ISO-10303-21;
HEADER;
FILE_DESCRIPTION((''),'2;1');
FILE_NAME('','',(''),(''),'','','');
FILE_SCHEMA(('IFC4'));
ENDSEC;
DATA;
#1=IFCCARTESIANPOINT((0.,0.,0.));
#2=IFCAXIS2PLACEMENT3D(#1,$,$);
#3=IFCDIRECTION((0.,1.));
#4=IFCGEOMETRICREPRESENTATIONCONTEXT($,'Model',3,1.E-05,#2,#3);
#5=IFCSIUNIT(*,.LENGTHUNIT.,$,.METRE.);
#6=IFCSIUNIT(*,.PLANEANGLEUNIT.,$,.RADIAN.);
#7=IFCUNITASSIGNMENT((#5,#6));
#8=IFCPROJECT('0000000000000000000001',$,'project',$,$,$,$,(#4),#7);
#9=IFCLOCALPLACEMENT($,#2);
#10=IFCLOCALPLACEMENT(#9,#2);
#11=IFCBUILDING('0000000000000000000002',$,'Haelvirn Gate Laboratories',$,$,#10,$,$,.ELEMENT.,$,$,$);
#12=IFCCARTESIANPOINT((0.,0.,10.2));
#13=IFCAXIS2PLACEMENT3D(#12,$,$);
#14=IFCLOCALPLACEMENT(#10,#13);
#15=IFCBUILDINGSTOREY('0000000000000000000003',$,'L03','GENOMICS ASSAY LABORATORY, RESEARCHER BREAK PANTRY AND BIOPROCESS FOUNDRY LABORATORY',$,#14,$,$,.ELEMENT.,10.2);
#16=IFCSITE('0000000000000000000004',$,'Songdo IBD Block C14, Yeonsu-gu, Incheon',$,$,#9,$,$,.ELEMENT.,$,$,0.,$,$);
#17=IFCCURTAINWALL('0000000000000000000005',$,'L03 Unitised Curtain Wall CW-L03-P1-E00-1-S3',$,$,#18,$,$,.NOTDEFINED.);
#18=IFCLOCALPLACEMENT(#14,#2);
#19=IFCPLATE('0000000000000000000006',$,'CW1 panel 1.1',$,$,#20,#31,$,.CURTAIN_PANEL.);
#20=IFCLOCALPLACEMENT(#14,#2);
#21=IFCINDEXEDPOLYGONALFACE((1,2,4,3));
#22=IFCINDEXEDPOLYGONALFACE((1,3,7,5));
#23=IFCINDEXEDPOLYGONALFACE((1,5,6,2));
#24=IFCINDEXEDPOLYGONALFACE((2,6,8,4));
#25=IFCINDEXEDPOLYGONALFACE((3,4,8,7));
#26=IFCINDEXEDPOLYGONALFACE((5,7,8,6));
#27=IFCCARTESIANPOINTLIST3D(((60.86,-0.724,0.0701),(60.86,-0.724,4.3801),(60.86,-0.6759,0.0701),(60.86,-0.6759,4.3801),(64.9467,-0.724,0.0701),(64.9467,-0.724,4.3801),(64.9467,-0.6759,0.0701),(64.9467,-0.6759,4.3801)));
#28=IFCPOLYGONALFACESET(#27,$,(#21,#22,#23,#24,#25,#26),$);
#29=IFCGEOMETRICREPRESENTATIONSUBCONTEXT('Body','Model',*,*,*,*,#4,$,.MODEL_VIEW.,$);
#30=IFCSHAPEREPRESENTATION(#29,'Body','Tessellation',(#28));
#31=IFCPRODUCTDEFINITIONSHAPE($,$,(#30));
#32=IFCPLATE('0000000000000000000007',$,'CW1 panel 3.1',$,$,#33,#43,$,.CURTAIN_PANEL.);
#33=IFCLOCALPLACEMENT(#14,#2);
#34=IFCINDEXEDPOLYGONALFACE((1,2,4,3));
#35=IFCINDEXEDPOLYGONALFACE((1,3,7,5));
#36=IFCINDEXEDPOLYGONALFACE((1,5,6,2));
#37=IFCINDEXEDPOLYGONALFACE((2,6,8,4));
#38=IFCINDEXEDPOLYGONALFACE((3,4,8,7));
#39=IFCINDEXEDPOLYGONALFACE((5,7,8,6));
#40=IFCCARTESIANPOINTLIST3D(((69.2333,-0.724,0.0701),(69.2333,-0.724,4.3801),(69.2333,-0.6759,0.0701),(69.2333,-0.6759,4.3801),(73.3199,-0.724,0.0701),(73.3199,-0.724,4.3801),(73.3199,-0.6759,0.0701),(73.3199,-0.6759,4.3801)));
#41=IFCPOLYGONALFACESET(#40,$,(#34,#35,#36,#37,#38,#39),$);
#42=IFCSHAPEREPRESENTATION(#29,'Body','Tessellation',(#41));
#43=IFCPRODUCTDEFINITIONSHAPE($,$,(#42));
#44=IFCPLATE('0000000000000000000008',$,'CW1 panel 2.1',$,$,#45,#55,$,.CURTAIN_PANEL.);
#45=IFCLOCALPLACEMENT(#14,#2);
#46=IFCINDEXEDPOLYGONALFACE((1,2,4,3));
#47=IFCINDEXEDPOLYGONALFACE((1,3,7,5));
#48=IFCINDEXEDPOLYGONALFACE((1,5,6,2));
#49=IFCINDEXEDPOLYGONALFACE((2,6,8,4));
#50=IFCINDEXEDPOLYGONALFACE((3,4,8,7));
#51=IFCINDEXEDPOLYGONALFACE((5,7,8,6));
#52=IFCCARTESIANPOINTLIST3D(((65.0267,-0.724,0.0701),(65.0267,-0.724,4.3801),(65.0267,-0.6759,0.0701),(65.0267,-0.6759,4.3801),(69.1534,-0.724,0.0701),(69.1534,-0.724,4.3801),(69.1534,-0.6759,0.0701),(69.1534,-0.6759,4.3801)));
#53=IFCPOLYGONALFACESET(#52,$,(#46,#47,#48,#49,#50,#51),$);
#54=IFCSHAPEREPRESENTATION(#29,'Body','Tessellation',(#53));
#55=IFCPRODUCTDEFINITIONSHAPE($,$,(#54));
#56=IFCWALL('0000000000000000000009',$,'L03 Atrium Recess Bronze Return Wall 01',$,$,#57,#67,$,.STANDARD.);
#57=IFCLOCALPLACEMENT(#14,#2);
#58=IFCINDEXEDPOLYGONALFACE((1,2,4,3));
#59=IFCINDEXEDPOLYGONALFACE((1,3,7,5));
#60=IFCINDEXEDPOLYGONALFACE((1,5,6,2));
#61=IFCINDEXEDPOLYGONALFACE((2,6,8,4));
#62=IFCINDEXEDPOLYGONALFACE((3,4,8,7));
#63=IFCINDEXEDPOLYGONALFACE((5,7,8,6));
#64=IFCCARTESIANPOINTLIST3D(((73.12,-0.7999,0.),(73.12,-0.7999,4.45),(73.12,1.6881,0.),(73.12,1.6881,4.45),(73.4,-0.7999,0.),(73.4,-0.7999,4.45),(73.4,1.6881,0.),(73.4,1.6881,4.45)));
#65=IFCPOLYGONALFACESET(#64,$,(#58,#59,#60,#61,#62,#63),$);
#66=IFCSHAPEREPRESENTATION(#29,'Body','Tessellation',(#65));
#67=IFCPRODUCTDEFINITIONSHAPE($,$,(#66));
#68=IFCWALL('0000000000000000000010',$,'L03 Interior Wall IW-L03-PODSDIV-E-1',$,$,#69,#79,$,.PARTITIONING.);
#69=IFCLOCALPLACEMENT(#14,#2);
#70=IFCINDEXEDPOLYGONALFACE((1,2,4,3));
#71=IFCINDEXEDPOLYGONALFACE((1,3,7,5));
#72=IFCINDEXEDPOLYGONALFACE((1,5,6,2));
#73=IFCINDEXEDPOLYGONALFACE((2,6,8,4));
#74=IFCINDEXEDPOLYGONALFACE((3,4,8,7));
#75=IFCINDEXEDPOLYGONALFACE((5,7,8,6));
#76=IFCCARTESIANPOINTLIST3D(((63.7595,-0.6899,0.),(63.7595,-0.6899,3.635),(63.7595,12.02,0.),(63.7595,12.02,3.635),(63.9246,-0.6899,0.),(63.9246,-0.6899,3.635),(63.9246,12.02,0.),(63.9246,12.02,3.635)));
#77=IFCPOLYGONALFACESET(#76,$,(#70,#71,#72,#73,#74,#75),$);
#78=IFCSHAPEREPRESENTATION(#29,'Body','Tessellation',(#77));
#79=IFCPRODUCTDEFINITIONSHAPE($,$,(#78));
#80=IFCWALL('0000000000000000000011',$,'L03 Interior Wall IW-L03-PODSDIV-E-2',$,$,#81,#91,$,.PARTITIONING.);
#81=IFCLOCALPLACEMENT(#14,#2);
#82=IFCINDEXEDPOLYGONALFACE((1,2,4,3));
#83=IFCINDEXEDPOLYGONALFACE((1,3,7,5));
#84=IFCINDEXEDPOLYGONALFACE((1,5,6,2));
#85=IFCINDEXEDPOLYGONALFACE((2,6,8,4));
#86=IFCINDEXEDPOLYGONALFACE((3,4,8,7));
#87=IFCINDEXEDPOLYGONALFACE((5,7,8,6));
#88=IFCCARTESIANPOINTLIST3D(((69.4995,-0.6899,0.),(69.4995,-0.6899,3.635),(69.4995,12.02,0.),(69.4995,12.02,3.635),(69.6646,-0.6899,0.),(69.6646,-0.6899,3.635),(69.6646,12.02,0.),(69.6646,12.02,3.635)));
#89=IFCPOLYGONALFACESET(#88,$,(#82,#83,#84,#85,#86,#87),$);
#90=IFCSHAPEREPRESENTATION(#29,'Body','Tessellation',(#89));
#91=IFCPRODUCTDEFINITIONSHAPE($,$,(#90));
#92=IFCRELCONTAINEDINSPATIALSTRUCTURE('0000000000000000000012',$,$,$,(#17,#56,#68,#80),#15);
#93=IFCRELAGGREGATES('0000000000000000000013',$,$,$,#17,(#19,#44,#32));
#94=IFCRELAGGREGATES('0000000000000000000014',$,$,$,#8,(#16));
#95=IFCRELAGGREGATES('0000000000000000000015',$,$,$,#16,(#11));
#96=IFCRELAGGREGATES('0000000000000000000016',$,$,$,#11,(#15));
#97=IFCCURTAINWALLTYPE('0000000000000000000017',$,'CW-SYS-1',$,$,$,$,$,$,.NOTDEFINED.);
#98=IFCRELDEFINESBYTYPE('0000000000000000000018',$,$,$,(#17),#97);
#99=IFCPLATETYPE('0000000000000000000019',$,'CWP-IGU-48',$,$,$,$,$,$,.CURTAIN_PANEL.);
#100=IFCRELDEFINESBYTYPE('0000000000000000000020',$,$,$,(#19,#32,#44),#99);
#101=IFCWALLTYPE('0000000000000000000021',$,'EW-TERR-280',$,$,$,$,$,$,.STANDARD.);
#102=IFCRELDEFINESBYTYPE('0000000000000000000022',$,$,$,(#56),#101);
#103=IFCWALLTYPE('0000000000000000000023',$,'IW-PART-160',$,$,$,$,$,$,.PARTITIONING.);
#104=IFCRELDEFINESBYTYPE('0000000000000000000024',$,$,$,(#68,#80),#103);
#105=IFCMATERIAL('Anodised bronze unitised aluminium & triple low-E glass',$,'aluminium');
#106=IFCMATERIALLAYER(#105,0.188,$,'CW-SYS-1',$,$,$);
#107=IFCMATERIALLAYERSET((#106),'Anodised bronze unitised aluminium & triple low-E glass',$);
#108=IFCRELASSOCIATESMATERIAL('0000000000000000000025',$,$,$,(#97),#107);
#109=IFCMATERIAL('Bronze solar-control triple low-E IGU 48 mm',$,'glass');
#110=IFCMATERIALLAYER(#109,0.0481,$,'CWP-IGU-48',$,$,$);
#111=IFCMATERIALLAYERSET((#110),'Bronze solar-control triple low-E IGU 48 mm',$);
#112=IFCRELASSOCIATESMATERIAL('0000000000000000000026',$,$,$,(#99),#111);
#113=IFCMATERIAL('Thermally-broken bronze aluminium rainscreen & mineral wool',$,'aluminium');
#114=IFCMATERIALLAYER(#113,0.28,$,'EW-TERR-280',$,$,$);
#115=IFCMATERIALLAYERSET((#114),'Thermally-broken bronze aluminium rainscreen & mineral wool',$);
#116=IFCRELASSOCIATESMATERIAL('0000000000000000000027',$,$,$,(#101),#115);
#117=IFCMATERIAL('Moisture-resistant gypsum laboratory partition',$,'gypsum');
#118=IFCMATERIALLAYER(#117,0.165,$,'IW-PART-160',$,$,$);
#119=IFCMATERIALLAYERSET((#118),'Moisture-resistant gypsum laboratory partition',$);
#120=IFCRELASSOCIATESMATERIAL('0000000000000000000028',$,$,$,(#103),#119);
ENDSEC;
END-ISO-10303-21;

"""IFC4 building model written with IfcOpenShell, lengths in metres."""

from ifc_helpers import new_model, si_unit, direction, frame, frame_2d, origin, origin_2d, place, context, subcontext, project, spatial, rectangle, extrude, source, transform, mapped, material, layer, layer_set, type_object, element, aggregate, save


model = new_model("IFC4")

# Units and contexts
model_context = context("Model", 3, precision=1e-05, world=origin(), true_north=direction((0.0, 1.0)))
body_context = subcontext(model_context, "Body", "Model", "MODEL_VIEW")
ifc_project = project(units=[si_unit("LENGTHUNIT", "METRE"), si_unit("PLANEANGLEUNIT", "RADIAN")], contexts=[model_context])

# Site, building, storey
site_placement = place(None, origin())
site = spatial("IfcSite", under=ifc_project, at=site_placement, Name="Songdo IBD Block C14, Yeonsu-gu, Incheon", CompositionType="ELEMENT", RefElevation=0.0)
building_placement = place(site_placement, origin())
building = spatial("IfcBuilding", under=site, at=building_placement, Name="Haelvirn Gate Laboratories", CompositionType="ELEMENT")
storey_placement = place(building_placement, frame((0.0, 0.0, 10.2)))
storey = spatial("IfcBuildingStorey", under=building, at=storey_placement, Name="L03", Description="GENOMICS ASSAY LABORATORY, RESEARCHER BREAK PANTRY AND BIOPROCESS FOUNDRY LABORATORY", CompositionType="ELEMENT", Elevation=10.2)

# Curtain wall
ifc_material_1 = material(Name="Anodised bronze unitised aluminium & triple low-E glass", Category="aluminium")
ifc_layer_1 = layer(ifc_material_1, 0.188, Name="CW-SYS-1")
ifc_layer_set_1 = layer_set([ifc_layer_1], Name="Anodised bronze unitised aluminium & triple low-E glass")
curtain_wall_type_1 = type_object("IfcCurtainWallType", Name="CW-SYS-1", PredefinedType="NOTDEFINED", material=ifc_layer_set_1)
curtain_wall_1_placement = place(storey_placement, origin())
curtain_wall_1 = element("IfcCurtainWall", 1, at=curtain_wall_1_placement, inside=storey, type_object=curtain_wall_type_1, Name="L03 Unitised Curtain Wall CW-L03-P1-E00-1-S3", PredefinedType="NOTDEFINED")

# Plates
ifc_material_2 = material(Name="Bronze solar-control triple low-E IGU 48 mm", Category="glass")
ifc_layer_2 = layer(ifc_material_2, 0.0481, Name="CWP-IGU-48")
ifc_layer_set_2 = layer_set([ifc_layer_2], Name="Bronze solar-control triple low-E IGU 48 mm")
plate_type_1 = type_object("IfcPlateType", Name="CWP-IGU-48", PredefinedType="CURTAIN_PANEL", material=ifc_layer_set_2)
shared_shape_1 = source(origin(), body_context, "Body", "SweptSolid", [
    extrude(rectangle(XDim=4.0867, YDim=0.0481, at=origin_2d()), origin(), (0.0, 0.0, 1.0), 4.3101),
])
plate_1_placement = place(storey_placement, frame((62.9033, -0.7, 0.0701), z_axis=(0.0, 0.0, 1.0), x_axis=(1.0, 0.0, 0.0)))
plate_1 = element("IfcPlate", 2, at=plate_1_placement, type_object=plate_type_1, Name="CW1 panel 1.1", PredefinedType="CURTAIN_PANEL", context=body_context, shape_type="MappedRepresentation", body=[
    mapped(shared_shape_1, transform((0.0, 0.0, 0.0), scale=1.0)),
])
plate_2_placement = place(storey_placement, frame((71.2766, -0.7, 0.0701), z_axis=(0.0, 0.0, 1.0), x_axis=(1.0, 0.0, 0.0)))
plate_2 = element("IfcPlate", 3, at=plate_2_placement, type_object=plate_type_1, Name="CW1 panel 3.1", PredefinedType="CURTAIN_PANEL", context=body_context, shape_type="MappedRepresentation", body=[
    mapped(shared_shape_1, transform((0.0, 0.0, 0.0), scale=1.0)),
])
shared_shape_2 = source(origin(), body_context, "Body", "SweptSolid", [
    extrude(rectangle(XDim=4.1267, YDim=0.0481, at=origin_2d()), origin(), (0.0, 0.0, 1.0), 4.3101),
])
plate_3_placement = place(storey_placement, frame((67.0901, -0.7, 0.0701), z_axis=(0.0, 0.0, 1.0), x_axis=(1.0, 0.0, 0.0)))
plate_3 = element("IfcPlate", 4, at=plate_3_placement, type_object=plate_type_1, Name="CW1 panel 2.1", PredefinedType="CURTAIN_PANEL", context=body_context, shape_type="MappedRepresentation", body=[
    mapped(shared_shape_2, transform((0.0, 0.0, 0.0), scale=1.0)),
])
aggregate(curtain_wall_1, [plate_1, plate_3, plate_2])

# Walls
ifc_material_3 = material(Name="Thermally-broken bronze aluminium rainscreen & mineral wool", Category="aluminium")
ifc_layer_3 = layer(ifc_material_3, 0.28, Name="EW-TERR-280")
ifc_layer_set_3 = layer_set([ifc_layer_3], Name="Thermally-broken bronze aluminium rainscreen & mineral wool")
wall_type_1 = type_object("IfcWallType", Name="EW-TERR-280", PredefinedType="STANDARD", material=ifc_layer_set_3)
wall_placement = place(storey_placement, frame((73.26, -0.8, 0.0), z_axis=(0.0, 0.0, 1.0), x_axis=(0.0, 1.0, 0.0)))
element("IfcWall", 5, at=wall_placement, inside=storey, type_object=wall_type_1, Name="L03 Atrium Recess Bronze Return Wall 01", PredefinedType="STANDARD", context=body_context, shape_type="SweptSolid", body=[
    extrude(rectangle(XDim=2.488, YDim=0.28, at=frame_2d((1.2441, 0.0))), origin(), (0.0, 0.0, 1.0), 4.45),
])
ifc_material_4 = material(Name="Moisture-resistant gypsum laboratory partition", Category="gypsum")
ifc_layer_4 = layer(ifc_material_4, 0.165, Name="IW-PART-160")
ifc_layer_set_4 = layer_set([ifc_layer_4], Name="Moisture-resistant gypsum laboratory partition")
wall_type_2 = type_object("IfcWallType", Name="IW-PART-160", PredefinedType="PARTITIONING", material=ifc_layer_set_4)
for number, where, z_axis, x_axis, name in (
    (6, (63.842, -0.6899, 0.0), (0.0, 0.0, 1.0), (0.0, 1.0, 0.0), "L03 Interior Wall IW-L03-PODSDIV-E-1"),
    (7, (69.582, -0.6899, 0.0), (0.0, 0.0, 1.0), (0.0, 1.0, 0.0), "L03 Interior Wall IW-L03-PODSDIV-E-2"),
):
    element("IfcWall", number, at=place(storey_placement, frame(where, z_axis=z_axis, x_axis=x_axis)), inside=storey, type_object=wall_type_2, Name=name, PredefinedType="PARTITIONING", context=body_context, shape_type="SweptSolid", body=[
        extrude(rectangle(XDim=12.71, YDim=0.165, at=frame_2d((6.355, 0.0))), origin(), (0.0, 0.0, 1.0), 3.635),
    ])

save(model, "model.ifc")
